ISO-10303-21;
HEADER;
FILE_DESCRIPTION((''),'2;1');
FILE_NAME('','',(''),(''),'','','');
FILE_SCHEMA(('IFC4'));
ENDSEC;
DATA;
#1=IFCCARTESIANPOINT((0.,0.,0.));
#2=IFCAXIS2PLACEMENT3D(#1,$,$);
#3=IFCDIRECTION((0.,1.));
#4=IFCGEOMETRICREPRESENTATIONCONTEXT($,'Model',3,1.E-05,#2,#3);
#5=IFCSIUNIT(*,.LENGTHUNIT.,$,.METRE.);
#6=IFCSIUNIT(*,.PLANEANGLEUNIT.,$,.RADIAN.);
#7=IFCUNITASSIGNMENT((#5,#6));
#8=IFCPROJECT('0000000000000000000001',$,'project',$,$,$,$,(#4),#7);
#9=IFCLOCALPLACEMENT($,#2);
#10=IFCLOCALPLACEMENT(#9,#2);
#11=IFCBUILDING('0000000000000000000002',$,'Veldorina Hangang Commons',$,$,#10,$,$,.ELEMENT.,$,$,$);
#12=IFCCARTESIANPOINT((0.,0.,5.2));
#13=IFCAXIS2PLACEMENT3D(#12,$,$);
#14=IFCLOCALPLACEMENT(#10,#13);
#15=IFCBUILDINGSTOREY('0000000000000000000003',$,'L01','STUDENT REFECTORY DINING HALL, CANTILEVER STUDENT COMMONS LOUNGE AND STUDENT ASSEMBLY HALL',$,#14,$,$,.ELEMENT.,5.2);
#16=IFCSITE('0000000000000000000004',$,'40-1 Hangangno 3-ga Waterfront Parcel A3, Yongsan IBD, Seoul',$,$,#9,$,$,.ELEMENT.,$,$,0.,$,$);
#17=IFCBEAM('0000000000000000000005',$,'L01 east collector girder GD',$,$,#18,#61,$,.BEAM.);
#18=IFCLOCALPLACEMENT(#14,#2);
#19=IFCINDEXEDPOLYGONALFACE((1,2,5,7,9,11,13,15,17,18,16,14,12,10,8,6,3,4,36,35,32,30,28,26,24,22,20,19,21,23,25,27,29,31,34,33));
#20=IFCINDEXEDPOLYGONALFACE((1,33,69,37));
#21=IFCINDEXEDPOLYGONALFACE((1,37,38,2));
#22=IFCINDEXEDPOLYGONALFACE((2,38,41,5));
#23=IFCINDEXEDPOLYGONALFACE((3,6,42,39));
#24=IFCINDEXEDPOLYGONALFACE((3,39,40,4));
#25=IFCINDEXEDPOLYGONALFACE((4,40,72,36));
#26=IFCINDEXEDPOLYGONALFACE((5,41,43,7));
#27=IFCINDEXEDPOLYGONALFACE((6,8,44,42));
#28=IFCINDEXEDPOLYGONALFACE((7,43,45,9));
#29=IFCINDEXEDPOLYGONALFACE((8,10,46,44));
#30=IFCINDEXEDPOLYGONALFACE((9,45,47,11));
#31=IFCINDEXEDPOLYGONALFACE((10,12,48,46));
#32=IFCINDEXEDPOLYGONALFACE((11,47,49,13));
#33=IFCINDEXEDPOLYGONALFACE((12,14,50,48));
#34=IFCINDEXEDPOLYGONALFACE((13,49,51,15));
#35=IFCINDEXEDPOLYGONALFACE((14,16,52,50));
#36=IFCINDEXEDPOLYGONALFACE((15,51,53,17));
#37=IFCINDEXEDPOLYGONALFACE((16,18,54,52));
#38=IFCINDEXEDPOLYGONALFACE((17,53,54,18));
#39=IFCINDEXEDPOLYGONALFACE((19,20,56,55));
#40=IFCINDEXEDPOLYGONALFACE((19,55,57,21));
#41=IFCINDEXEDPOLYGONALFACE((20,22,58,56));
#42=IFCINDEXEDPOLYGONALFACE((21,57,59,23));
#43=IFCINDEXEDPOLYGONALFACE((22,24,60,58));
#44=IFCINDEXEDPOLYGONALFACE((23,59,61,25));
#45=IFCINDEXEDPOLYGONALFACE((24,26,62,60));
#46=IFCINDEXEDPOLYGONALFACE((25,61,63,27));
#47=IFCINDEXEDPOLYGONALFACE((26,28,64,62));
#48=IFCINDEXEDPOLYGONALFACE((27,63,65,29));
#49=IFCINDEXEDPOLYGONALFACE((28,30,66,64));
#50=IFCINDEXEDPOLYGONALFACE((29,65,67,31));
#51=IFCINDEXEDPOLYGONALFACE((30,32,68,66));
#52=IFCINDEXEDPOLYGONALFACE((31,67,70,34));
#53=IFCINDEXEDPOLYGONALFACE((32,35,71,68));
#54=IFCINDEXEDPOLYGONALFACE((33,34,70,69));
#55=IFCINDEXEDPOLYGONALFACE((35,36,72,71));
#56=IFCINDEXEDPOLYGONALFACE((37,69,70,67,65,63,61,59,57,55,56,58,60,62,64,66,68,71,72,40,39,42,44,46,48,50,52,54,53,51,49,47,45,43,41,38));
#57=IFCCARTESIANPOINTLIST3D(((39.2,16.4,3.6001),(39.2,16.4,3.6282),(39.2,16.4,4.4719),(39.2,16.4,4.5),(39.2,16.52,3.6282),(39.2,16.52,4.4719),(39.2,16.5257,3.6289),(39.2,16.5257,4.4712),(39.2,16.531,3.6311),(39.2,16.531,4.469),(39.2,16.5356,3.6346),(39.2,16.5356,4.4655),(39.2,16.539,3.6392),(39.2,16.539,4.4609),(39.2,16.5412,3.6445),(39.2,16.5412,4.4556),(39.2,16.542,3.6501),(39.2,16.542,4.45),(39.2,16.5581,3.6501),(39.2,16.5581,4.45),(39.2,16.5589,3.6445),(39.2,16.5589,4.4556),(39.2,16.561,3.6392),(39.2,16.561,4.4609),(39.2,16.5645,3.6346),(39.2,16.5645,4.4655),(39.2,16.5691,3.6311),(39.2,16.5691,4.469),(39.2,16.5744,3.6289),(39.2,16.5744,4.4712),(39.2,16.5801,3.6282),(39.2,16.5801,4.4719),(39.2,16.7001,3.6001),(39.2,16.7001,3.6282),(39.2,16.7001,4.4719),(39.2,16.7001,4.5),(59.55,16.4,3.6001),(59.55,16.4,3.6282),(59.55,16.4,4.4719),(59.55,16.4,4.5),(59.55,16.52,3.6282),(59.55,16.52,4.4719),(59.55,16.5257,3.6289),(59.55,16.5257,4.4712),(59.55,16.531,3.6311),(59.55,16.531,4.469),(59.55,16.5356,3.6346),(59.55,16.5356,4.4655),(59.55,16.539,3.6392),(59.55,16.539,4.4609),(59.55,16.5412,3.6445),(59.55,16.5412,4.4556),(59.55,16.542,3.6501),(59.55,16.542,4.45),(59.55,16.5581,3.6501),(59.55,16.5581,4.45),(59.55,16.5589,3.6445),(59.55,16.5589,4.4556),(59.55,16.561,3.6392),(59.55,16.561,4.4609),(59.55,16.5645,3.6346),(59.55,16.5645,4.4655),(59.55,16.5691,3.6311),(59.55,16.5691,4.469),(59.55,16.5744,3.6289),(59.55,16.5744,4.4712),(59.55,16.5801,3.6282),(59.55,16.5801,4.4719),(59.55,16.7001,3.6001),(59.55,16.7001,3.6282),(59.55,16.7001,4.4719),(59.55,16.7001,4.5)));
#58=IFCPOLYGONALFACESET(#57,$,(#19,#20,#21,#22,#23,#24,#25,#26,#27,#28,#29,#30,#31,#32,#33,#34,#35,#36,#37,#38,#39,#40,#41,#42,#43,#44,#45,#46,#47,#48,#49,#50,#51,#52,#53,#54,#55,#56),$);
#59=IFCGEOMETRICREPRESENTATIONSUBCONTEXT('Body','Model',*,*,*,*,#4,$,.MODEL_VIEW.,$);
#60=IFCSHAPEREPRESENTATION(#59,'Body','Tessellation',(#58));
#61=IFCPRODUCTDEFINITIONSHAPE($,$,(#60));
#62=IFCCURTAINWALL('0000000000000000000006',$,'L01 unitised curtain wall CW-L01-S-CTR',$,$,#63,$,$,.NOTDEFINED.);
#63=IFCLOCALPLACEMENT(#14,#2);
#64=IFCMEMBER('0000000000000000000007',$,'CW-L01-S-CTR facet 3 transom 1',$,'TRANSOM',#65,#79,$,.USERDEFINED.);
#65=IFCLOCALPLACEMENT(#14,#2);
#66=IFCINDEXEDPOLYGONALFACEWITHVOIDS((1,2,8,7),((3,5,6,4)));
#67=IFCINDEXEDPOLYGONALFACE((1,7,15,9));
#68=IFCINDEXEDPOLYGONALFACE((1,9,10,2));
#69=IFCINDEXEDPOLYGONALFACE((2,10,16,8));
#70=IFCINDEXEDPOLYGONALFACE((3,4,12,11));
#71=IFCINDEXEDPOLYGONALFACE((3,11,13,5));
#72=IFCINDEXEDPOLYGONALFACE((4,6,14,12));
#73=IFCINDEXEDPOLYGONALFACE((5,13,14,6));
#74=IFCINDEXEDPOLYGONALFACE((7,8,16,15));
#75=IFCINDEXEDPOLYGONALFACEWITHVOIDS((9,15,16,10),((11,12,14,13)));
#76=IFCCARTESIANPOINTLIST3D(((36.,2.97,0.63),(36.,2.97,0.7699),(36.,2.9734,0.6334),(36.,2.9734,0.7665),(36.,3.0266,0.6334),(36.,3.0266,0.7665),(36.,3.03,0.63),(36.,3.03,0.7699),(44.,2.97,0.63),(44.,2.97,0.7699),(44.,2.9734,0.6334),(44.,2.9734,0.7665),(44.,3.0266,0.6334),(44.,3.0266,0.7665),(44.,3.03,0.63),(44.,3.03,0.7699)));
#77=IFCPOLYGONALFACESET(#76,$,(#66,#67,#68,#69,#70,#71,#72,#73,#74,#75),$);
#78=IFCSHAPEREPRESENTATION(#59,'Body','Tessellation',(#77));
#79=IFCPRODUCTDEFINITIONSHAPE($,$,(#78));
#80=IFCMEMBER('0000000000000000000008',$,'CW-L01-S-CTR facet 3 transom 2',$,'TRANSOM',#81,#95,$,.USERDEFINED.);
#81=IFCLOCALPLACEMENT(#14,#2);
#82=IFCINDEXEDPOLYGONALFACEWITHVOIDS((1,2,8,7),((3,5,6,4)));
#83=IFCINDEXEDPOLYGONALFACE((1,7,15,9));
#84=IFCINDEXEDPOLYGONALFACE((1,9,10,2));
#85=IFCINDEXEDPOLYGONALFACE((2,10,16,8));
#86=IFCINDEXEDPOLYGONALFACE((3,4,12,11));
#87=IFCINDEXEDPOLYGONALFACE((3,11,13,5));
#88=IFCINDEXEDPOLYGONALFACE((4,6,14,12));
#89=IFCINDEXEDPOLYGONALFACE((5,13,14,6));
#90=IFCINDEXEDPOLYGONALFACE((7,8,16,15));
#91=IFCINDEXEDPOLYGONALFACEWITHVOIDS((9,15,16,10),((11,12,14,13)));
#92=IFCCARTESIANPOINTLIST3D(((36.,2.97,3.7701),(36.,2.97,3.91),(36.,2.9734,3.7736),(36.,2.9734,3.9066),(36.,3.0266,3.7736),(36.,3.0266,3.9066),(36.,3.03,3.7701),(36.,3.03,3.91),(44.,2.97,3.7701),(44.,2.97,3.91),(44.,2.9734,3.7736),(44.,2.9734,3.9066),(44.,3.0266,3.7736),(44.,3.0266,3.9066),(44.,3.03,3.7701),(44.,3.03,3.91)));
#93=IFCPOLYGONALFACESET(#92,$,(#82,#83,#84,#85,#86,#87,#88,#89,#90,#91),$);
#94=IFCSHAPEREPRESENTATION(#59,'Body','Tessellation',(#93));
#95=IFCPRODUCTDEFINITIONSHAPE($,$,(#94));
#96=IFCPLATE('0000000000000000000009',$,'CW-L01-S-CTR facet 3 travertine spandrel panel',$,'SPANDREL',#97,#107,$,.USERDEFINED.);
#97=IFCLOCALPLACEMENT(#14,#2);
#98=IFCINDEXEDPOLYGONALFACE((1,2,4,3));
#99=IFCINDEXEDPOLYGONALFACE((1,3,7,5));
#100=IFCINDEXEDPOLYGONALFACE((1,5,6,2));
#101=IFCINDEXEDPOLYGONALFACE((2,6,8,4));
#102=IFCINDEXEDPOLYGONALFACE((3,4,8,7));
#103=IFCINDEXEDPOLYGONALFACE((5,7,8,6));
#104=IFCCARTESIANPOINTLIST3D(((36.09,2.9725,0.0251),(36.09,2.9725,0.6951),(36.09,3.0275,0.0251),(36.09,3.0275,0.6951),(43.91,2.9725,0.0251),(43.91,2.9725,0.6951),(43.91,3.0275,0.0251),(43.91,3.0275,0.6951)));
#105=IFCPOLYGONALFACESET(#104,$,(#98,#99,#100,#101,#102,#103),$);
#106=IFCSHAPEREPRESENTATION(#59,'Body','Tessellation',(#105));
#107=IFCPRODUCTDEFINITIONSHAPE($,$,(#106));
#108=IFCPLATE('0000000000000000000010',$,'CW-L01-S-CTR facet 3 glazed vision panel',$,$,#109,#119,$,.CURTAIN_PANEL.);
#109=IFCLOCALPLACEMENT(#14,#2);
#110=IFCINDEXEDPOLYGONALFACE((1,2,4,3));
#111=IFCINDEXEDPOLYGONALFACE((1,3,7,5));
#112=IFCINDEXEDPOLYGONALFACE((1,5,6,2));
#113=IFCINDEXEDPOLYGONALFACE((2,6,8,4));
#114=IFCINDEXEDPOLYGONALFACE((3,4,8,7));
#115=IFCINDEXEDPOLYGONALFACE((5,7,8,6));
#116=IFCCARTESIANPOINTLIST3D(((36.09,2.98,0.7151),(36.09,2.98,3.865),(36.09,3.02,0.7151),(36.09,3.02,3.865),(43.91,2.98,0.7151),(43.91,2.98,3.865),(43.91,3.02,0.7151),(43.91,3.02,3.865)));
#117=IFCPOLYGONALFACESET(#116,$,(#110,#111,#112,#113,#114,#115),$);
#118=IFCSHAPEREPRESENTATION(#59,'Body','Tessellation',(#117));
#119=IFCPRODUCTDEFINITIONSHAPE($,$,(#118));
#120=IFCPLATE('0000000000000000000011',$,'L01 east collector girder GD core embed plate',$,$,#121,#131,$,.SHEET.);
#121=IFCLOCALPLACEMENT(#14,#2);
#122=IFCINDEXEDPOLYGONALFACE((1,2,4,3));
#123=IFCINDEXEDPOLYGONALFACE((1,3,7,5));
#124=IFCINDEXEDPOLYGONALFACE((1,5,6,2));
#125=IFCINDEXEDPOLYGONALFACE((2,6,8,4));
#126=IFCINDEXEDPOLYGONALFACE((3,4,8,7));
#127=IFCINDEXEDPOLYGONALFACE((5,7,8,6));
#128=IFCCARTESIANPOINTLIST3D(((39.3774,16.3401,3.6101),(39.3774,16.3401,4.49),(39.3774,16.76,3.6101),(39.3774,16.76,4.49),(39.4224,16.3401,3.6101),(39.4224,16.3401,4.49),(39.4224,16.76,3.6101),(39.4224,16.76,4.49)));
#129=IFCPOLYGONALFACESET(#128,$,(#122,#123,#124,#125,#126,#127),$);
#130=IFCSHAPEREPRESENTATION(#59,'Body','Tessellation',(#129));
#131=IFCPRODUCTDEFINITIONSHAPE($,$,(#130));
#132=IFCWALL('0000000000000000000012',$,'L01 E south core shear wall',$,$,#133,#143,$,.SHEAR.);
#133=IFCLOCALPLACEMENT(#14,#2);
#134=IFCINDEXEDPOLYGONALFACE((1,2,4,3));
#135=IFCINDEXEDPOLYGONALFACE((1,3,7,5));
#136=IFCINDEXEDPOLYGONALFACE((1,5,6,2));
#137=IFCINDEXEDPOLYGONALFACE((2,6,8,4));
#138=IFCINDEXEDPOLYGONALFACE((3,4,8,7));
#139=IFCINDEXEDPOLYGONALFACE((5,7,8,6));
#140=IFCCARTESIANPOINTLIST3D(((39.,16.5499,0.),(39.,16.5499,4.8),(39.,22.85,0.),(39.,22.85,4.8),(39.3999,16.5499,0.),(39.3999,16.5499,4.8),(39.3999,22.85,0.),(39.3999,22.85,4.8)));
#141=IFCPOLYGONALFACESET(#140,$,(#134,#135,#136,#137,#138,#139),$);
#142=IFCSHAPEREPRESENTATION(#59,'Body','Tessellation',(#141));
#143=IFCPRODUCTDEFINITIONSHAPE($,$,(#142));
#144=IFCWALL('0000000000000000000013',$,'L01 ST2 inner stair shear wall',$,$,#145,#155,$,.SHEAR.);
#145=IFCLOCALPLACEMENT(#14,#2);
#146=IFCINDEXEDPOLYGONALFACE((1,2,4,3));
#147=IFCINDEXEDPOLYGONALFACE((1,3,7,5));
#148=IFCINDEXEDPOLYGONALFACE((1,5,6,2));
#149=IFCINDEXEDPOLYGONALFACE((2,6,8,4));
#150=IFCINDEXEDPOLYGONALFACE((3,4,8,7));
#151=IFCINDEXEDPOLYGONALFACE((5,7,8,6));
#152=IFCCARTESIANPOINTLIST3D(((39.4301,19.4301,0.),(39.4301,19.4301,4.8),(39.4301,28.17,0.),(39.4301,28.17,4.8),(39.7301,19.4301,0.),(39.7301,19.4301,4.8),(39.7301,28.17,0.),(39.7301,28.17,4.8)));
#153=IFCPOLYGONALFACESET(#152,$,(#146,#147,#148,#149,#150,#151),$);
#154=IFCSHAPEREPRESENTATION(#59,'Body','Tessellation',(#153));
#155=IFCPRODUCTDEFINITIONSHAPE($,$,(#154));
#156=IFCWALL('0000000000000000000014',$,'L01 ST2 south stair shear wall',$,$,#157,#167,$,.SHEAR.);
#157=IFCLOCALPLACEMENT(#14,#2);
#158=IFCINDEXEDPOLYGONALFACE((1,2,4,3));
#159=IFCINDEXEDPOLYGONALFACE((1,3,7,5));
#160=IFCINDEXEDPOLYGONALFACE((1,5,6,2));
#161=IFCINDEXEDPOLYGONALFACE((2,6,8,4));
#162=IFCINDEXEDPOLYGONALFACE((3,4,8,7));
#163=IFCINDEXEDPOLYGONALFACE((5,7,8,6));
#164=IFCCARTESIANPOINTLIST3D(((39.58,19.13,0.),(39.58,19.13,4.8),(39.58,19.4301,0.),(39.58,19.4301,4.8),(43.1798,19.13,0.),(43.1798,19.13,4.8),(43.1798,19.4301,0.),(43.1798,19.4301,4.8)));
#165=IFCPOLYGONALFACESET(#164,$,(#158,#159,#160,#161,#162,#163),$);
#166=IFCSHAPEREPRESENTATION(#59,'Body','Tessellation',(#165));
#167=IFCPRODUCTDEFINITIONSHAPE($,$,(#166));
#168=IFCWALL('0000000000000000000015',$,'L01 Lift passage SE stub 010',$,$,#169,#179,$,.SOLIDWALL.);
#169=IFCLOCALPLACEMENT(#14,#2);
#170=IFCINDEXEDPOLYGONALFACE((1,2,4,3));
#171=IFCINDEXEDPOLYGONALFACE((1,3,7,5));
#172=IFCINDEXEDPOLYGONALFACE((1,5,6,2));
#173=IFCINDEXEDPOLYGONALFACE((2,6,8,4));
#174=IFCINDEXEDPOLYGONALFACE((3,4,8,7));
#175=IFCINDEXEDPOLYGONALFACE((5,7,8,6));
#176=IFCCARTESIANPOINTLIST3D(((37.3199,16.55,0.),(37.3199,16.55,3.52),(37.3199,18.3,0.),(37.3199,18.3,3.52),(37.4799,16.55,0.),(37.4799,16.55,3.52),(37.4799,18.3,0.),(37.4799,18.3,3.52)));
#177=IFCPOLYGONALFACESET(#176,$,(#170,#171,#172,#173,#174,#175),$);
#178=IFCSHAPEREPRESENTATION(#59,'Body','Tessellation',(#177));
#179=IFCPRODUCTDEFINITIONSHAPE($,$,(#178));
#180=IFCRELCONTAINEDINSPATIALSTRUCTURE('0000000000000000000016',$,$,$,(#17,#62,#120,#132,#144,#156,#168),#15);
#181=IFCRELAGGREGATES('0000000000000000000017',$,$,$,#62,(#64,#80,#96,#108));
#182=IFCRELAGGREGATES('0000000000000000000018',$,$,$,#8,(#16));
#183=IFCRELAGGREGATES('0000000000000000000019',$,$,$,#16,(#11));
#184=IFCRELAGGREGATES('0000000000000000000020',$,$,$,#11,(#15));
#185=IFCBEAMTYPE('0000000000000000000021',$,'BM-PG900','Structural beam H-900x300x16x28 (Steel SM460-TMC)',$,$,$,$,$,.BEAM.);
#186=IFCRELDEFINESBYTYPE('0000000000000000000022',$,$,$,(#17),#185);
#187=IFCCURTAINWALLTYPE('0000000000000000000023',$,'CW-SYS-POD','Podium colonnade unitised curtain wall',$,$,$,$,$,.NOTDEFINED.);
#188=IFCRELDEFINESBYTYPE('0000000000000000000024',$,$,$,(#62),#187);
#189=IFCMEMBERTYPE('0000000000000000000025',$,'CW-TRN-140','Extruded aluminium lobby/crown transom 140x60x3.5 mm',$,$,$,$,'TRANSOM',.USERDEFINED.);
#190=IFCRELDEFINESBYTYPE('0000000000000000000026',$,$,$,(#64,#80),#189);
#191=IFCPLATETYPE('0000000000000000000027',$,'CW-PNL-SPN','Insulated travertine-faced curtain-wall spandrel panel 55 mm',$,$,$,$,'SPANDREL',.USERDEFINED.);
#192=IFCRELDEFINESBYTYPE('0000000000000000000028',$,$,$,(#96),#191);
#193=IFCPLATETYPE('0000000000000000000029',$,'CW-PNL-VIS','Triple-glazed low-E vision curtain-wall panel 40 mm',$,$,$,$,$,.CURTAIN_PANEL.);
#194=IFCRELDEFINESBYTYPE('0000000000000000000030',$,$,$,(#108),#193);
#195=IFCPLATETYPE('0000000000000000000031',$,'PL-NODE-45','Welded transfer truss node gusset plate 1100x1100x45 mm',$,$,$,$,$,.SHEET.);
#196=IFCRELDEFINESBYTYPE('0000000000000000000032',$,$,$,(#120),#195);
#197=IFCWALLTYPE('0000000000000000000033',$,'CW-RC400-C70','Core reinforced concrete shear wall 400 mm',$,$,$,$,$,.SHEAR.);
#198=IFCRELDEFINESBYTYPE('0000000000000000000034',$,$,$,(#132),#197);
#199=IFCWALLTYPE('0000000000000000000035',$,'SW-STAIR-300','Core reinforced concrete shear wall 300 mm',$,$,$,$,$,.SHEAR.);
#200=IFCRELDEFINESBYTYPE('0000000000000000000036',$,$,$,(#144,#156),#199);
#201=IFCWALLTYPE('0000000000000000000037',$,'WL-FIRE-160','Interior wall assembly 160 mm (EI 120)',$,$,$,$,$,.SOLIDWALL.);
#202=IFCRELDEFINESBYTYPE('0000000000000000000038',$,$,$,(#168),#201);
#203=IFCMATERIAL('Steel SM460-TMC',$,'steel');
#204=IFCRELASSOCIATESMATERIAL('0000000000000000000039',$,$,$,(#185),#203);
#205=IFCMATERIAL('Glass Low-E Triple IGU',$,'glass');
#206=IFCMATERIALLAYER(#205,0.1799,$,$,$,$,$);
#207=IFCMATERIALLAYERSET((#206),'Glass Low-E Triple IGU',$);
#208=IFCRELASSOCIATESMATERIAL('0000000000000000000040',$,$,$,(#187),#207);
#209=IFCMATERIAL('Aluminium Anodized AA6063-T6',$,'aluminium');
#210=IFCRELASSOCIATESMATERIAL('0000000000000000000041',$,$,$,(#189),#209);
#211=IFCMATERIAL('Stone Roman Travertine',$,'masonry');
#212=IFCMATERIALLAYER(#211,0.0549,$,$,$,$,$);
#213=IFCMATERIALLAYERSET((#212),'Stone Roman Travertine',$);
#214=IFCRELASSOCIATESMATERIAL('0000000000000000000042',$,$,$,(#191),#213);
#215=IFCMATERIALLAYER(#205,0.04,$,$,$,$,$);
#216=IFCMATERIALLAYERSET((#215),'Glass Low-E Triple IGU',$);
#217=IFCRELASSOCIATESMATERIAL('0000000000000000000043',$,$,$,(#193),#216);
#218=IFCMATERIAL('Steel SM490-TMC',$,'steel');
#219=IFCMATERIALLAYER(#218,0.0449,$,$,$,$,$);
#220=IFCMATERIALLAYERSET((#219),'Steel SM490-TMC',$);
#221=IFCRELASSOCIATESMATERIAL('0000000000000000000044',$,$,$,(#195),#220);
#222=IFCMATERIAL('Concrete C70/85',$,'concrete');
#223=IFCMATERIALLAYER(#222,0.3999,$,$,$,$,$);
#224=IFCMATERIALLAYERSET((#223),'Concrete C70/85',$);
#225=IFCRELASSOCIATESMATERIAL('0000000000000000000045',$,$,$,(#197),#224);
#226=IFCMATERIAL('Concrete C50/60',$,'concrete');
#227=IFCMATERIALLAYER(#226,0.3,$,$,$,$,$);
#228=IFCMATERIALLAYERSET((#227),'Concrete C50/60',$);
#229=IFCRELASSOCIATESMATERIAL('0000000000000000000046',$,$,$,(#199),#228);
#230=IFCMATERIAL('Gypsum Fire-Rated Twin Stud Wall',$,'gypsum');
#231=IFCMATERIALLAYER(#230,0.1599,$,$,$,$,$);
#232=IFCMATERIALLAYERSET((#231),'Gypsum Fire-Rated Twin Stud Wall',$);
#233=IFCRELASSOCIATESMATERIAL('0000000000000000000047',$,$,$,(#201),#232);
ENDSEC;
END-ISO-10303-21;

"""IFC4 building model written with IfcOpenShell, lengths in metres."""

from ifc_helpers import new_model, si_unit, direction, frame, frame_2d, origin, origin_2d, place, context, subcontext, project, spatial, rectangle, hollow_rectangle, i_section, extrude, material, layer, layer_set, material_profile, profile_set, type_object, element, aggregate, save


model = new_model("IFC4")

# Units and contexts
model_context = context("Model", 3, precision=1e-05, world=origin(), true_north=direction((0.0, 1.0)))
body_context = subcontext(model_context, "Body", "Model", "MODEL_VIEW")
ifc_project = project(units=[si_unit("LENGTHUNIT", "METRE"), si_unit("PLANEANGLEUNIT", "RADIAN")], contexts=[model_context])

# Site, building, storey
site_placement = place(None, origin())
site = spatial("IfcSite", under=ifc_project, at=site_placement, Name="40-1 Hangangno 3-ga Waterfront Parcel A3, Yongsan IBD, Seoul", CompositionType="ELEMENT", RefElevation=0.0)
building_placement = place(site_placement, origin())
building = spatial("IfcBuilding", under=site, at=building_placement, Name="Veldorina Hangang Commons", CompositionType="ELEMENT")
storey_placement = place(building_placement, frame((0.0, 0.0, 5.2)))
storey = spatial("IfcBuildingStorey", under=building, at=storey_placement, Name="L01", Description="STUDENT REFECTORY DINING HALL, CANTILEVER STUDENT COMMONS LOUNGE AND STUDENT ASSEMBLY HALL", CompositionType="ELEMENT", Elevation=5.2)

# Shared definitions
ifc_material_1 = material(Name="Steel SM490-TMC", Category="steel")

# Beam
ifc_material_2 = material(Name="Steel SM460-TMC", Category="steel")
ifc_material_profile_1 = material_profile(ifc_material_2, i_section(OverallWidth=0.3, OverallDepth=0.8999, WebThickness=0.0161, FlangeThickness=0.0281, FilletRadius=0.022, at=origin_2d()), Name="H-900x300x16x28")
ifc_profile_set_1 = profile_set([ifc_material_profile_1], Name="Steel SM460-TMC")
beam_type = type_object("IfcBeamType", Name="BM-PG900", Description="Structural beam H-900x300x16x28 (Steel SM460-TMC)", PredefinedType="BEAM", material=ifc_profile_set_1)
beam_placement = place(storey_placement, frame((39.2, 16.55, 4.05), z_axis=(1.0, 0.0, 0.0), x_axis=(0.0, 1.0, 0.0)))
element("IfcBeam", 1, at=beam_placement, inside=storey, type_object=beam_type, Name="L01 east collector girder GD", PredefinedType="BEAM", context=body_context, shape_type="SweptSolid", body=[
    extrude(i_section(OverallWidth=0.3, OverallDepth=0.8999, WebThickness=0.0161, FlangeThickness=0.0281, FilletRadius=0.022, at=origin_2d()), origin(), (0.0, 0.0, 1.0), 20.3501),
])

# Curtain wall, members, plates
ifc_material_3 = material(Name="Glass Low-E Triple IGU", Category="glass")
ifc_layer_1 = layer(ifc_material_3, 0.1799)
ifc_layer_set_1 = layer_set([ifc_layer_1], Name="Glass Low-E Triple IGU")
curtain_wall_type = type_object("IfcCurtainWallType", Name="CW-SYS-POD", Description="Podium colonnade unitised curtain wall", PredefinedType="NOTDEFINED", material=ifc_layer_set_1)
curtain_wall_placement = place(storey_placement, origin())
curtain_wall = element("IfcCurtainWall", 2, at=curtain_wall_placement, inside=storey, type_object=curtain_wall_type, Name="L01 unitised curtain wall CW-L01-S-CTR", PredefinedType="NOTDEFINED")
ifc_material_4 = material(Name="Aluminium Anodized AA6063-T6", Category="aluminium")
ifc_material_profile_2 = material_profile(ifc_material_4, hollow_rectangle(XDim=0.0601, YDim=0.1399, WallThickness=0.0034, at=origin_2d()), Name="ALU-RHS-140x60x3.5")
ifc_profile_set_2 = profile_set([ifc_material_profile_2], Name="Aluminium Anodized AA6063-T6")
member_type = type_object("IfcMemberType", Name="CW-TRN-140", Description="Extruded aluminium lobby/crown transom 140x60x3.5 mm", ElementType="TRANSOM", PredefinedType="USERDEFINED", material=ifc_profile_set_2)
member_1_placement = place(storey_placement, frame((36.0, 3.0, 0.7), z_axis=(1.0, 0.0, 0.0), x_axis=(0.0, 1.0, 0.0)))
member_1 = element("IfcMember", 3, at=member_1_placement, type_object=member_type, Name="CW-L01-S-CTR facet 3 transom 1", ObjectType="TRANSOM", PredefinedType="USERDEFINED", context=body_context, shape_type="SweptSolid", body=[
    extrude(hollow_rectangle(XDim=0.0601, YDim=0.1399, WallThickness=0.0034, at=origin_2d()), origin(), (0.0, 0.0, 1.0), 8.0),
])
member_2_placement = place(storey_placement, frame((36.0, 3.0, 3.8401), z_axis=(1.0, 0.0, 0.0), x_axis=(0.0, 1.0, 0.0)))
member_2 = element("IfcMember", 4, at=member_2_placement, type_object=member_type, Name="CW-L01-S-CTR facet 3 transom 2", ObjectType="TRANSOM", PredefinedType="USERDEFINED", context=body_context, shape_type="SweptSolid", body=[
    extrude(hollow_rectangle(XDim=0.0601, YDim=0.1399, WallThickness=0.0034, at=origin_2d()), origin(), (0.0, 0.0, 1.0), 8.0),
])
ifc_material_5 = material(Name="Stone Roman Travertine", Category="masonry")
ifc_layer_2 = layer(ifc_material_5, 0.0549)
ifc_layer_set_2 = layer_set([ifc_layer_2], Name="Stone Roman Travertine")
plate_type_1 = type_object("IfcPlateType", Name="CW-PNL-SPN", Description="Insulated travertine-faced curtain-wall spandrel panel 55 mm", ElementType="SPANDREL", PredefinedType="USERDEFINED", material=ifc_layer_set_2)
plate_1_placement = place(storey_placement, frame((40.0, 3.0, 0.0251), z_axis=(0.0, 0.0, 1.0), x_axis=(1.0, 0.0, 0.0)))
plate_1 = element("IfcPlate", 5, at=plate_1_placement, type_object=plate_type_1, Name="CW-L01-S-CTR facet 3 travertine spandrel panel", ObjectType="SPANDREL", PredefinedType="USERDEFINED", context=body_context, shape_type="SweptSolid", body=[
    extrude(rectangle(XDim=7.8201, YDim=0.0549, at=origin_2d()), origin(), (0.0, 0.0, 1.0), 0.6699),
])
ifc_layer_3 = layer(ifc_material_3, 0.04)
ifc_layer_set_3 = layer_set([ifc_layer_3], Name="Glass Low-E Triple IGU")
plate_type_2 = type_object("IfcPlateType", Name="CW-PNL-VIS", Description="Triple-glazed low-E vision curtain-wall panel 40 mm", PredefinedType="CURTAIN_PANEL", material=ifc_layer_set_3)
plate_2_placement = place(storey_placement, frame((40.0, 3.0, 0.7151), z_axis=(0.0, 0.0, 1.0), x_axis=(1.0, 0.0, 0.0)))
plate_2 = element("IfcPlate", 6, at=plate_2_placement, type_object=plate_type_2, Name="CW-L01-S-CTR facet 3 glazed vision panel", PredefinedType="CURTAIN_PANEL", context=body_context, shape_type="SweptSolid", body=[
    extrude(rectangle(XDim=7.8201, YDim=0.04, at=origin_2d()), origin(), (0.0, 0.0, 1.0), 3.1499),
])
aggregate(curtain_wall, [member_1, member_2, plate_1, plate_2])

# Plate
ifc_layer_4 = layer(ifc_material_1, 0.0449)
ifc_layer_set_4 = layer_set([ifc_layer_4], Name="Steel SM490-TMC")
plate_type_3 = type_object("IfcPlateType", Name="PL-NODE-45", Description="Welded transfer truss node gusset plate 1100x1100x45 mm", PredefinedType="SHEET", material=ifc_layer_set_4)
plate_3_placement = place(storey_placement, frame((39.3999, 16.55, 3.6101), z_axis=(0.0, 0.0, 1.0), x_axis=(1.0, 0.0, 0.0)))
element("IfcPlate", 7, at=plate_3_placement, inside=storey, type_object=plate_type_3, Name="L01 east collector girder GD core embed plate", PredefinedType="SHEET", context=body_context, shape_type="SweptSolid", body=[
    extrude(rectangle(XDim=0.0449, YDim=0.4199, at=origin_2d()), origin(), (0.0, 0.0, 1.0), 0.8799),
])

# Walls
ifc_material_6 = material(Name="Concrete C70/85", Category="concrete")
ifc_layer_5 = layer(ifc_material_6, 0.3999)
ifc_layer_set_5 = layer_set([ifc_layer_5], Name="Concrete C70/85")
wall_type_1 = type_object("IfcWallType", Name="CW-RC400-C70", Description="Core reinforced concrete shear wall 400 mm", PredefinedType="SHEAR", material=ifc_layer_set_5)
wall_1_placement = place(storey_placement, frame((39.2, 16.55, 0.0), z_axis=(0.0, 0.0, 1.0), x_axis=(0.0, 1.0, 0.0)))
element("IfcWall", 8, at=wall_1_placement, inside=storey, type_object=wall_type_1, Name="L01 E south core shear wall", PredefinedType="SHEAR", context=body_context, shape_type="SweptSolid", body=[
    extrude(rectangle(XDim=6.3, YDim=0.3999, at=frame_2d((3.1499, 0.0))), origin(), (0.0, 0.0, 1.0), 4.8),
])
ifc_material_7 = material(Name="Concrete C50/60", Category="concrete")
ifc_layer_6 = layer(ifc_material_7, 0.3)
ifc_layer_set_6 = layer_set([ifc_layer_6], Name="Concrete C50/60")
wall_type_2 = type_object("IfcWallType", Name="SW-STAIR-300", Description="Core reinforced concrete shear wall 300 mm", PredefinedType="SHEAR", material=ifc_layer_set_6)
wall_2_placement = place(storey_placement, frame((39.5801, 19.4299, 0.0), z_axis=(0.0, 0.0, 1.0), x_axis=(0.0, 1.0, 0.0)))
element("IfcWall", 9, at=wall_2_placement, inside=storey, type_object=wall_type_2, Name="L01 ST2 inner stair shear wall", PredefinedType="SHEAR", context=body_context, shape_type="SweptSolid", body=[
    extrude(rectangle(XDim=8.74, YDim=0.3, at=frame_2d((4.3701, 0.0))), origin(), (0.0, 0.0, 1.0), 4.8),
])
wall_3_placement = place(storey_placement, frame((39.5801, 19.28, 0.0), z_axis=(0.0, 0.0, 1.0), x_axis=(1.0, 0.0, 0.0)))
element("IfcWall", 10, at=wall_3_placement, inside=storey, type_object=wall_type_2, Name="L01 ST2 south stair shear wall", PredefinedType="SHEAR", context=body_context, shape_type="SweptSolid", body=[
    extrude(rectangle(XDim=3.5999, YDim=0.3, at=frame_2d((1.7998, 0.0))), origin(), (0.0, 0.0, 1.0), 4.8),
])
ifc_material_8 = material(Name="Gypsum Fire-Rated Twin Stud Wall", Category="gypsum")
ifc_layer_7 = layer(ifc_material_8, 0.1599)
ifc_layer_set_7 = layer_set([ifc_layer_7], Name="Gypsum Fire-Rated Twin Stud Wall")
wall_type_3 = type_object("IfcWallType", Name="WL-FIRE-160", Description="Interior wall assembly 160 mm (EI 120)", PredefinedType="SOLIDWALL", material=ifc_layer_set_7)
wall_4_placement = place(storey_placement, frame((37.3999, 16.55, 0.0), z_axis=(0.0, 0.0, 1.0), x_axis=(0.0, 1.0, 0.0)))
element("IfcWall", 11, at=wall_4_placement, inside=storey, type_object=wall_type_3, Name="L01 Lift passage SE stub 010", PredefinedType="SOLIDWALL", context=body_context, shape_type="SweptSolid", body=[
    extrude(rectangle(XDim=1.75, YDim=0.1599, at=frame_2d((0.875, 0.0))), origin(), (0.0, 0.0, 1.0), 3.52),
])

save(model, "model.ifc")
